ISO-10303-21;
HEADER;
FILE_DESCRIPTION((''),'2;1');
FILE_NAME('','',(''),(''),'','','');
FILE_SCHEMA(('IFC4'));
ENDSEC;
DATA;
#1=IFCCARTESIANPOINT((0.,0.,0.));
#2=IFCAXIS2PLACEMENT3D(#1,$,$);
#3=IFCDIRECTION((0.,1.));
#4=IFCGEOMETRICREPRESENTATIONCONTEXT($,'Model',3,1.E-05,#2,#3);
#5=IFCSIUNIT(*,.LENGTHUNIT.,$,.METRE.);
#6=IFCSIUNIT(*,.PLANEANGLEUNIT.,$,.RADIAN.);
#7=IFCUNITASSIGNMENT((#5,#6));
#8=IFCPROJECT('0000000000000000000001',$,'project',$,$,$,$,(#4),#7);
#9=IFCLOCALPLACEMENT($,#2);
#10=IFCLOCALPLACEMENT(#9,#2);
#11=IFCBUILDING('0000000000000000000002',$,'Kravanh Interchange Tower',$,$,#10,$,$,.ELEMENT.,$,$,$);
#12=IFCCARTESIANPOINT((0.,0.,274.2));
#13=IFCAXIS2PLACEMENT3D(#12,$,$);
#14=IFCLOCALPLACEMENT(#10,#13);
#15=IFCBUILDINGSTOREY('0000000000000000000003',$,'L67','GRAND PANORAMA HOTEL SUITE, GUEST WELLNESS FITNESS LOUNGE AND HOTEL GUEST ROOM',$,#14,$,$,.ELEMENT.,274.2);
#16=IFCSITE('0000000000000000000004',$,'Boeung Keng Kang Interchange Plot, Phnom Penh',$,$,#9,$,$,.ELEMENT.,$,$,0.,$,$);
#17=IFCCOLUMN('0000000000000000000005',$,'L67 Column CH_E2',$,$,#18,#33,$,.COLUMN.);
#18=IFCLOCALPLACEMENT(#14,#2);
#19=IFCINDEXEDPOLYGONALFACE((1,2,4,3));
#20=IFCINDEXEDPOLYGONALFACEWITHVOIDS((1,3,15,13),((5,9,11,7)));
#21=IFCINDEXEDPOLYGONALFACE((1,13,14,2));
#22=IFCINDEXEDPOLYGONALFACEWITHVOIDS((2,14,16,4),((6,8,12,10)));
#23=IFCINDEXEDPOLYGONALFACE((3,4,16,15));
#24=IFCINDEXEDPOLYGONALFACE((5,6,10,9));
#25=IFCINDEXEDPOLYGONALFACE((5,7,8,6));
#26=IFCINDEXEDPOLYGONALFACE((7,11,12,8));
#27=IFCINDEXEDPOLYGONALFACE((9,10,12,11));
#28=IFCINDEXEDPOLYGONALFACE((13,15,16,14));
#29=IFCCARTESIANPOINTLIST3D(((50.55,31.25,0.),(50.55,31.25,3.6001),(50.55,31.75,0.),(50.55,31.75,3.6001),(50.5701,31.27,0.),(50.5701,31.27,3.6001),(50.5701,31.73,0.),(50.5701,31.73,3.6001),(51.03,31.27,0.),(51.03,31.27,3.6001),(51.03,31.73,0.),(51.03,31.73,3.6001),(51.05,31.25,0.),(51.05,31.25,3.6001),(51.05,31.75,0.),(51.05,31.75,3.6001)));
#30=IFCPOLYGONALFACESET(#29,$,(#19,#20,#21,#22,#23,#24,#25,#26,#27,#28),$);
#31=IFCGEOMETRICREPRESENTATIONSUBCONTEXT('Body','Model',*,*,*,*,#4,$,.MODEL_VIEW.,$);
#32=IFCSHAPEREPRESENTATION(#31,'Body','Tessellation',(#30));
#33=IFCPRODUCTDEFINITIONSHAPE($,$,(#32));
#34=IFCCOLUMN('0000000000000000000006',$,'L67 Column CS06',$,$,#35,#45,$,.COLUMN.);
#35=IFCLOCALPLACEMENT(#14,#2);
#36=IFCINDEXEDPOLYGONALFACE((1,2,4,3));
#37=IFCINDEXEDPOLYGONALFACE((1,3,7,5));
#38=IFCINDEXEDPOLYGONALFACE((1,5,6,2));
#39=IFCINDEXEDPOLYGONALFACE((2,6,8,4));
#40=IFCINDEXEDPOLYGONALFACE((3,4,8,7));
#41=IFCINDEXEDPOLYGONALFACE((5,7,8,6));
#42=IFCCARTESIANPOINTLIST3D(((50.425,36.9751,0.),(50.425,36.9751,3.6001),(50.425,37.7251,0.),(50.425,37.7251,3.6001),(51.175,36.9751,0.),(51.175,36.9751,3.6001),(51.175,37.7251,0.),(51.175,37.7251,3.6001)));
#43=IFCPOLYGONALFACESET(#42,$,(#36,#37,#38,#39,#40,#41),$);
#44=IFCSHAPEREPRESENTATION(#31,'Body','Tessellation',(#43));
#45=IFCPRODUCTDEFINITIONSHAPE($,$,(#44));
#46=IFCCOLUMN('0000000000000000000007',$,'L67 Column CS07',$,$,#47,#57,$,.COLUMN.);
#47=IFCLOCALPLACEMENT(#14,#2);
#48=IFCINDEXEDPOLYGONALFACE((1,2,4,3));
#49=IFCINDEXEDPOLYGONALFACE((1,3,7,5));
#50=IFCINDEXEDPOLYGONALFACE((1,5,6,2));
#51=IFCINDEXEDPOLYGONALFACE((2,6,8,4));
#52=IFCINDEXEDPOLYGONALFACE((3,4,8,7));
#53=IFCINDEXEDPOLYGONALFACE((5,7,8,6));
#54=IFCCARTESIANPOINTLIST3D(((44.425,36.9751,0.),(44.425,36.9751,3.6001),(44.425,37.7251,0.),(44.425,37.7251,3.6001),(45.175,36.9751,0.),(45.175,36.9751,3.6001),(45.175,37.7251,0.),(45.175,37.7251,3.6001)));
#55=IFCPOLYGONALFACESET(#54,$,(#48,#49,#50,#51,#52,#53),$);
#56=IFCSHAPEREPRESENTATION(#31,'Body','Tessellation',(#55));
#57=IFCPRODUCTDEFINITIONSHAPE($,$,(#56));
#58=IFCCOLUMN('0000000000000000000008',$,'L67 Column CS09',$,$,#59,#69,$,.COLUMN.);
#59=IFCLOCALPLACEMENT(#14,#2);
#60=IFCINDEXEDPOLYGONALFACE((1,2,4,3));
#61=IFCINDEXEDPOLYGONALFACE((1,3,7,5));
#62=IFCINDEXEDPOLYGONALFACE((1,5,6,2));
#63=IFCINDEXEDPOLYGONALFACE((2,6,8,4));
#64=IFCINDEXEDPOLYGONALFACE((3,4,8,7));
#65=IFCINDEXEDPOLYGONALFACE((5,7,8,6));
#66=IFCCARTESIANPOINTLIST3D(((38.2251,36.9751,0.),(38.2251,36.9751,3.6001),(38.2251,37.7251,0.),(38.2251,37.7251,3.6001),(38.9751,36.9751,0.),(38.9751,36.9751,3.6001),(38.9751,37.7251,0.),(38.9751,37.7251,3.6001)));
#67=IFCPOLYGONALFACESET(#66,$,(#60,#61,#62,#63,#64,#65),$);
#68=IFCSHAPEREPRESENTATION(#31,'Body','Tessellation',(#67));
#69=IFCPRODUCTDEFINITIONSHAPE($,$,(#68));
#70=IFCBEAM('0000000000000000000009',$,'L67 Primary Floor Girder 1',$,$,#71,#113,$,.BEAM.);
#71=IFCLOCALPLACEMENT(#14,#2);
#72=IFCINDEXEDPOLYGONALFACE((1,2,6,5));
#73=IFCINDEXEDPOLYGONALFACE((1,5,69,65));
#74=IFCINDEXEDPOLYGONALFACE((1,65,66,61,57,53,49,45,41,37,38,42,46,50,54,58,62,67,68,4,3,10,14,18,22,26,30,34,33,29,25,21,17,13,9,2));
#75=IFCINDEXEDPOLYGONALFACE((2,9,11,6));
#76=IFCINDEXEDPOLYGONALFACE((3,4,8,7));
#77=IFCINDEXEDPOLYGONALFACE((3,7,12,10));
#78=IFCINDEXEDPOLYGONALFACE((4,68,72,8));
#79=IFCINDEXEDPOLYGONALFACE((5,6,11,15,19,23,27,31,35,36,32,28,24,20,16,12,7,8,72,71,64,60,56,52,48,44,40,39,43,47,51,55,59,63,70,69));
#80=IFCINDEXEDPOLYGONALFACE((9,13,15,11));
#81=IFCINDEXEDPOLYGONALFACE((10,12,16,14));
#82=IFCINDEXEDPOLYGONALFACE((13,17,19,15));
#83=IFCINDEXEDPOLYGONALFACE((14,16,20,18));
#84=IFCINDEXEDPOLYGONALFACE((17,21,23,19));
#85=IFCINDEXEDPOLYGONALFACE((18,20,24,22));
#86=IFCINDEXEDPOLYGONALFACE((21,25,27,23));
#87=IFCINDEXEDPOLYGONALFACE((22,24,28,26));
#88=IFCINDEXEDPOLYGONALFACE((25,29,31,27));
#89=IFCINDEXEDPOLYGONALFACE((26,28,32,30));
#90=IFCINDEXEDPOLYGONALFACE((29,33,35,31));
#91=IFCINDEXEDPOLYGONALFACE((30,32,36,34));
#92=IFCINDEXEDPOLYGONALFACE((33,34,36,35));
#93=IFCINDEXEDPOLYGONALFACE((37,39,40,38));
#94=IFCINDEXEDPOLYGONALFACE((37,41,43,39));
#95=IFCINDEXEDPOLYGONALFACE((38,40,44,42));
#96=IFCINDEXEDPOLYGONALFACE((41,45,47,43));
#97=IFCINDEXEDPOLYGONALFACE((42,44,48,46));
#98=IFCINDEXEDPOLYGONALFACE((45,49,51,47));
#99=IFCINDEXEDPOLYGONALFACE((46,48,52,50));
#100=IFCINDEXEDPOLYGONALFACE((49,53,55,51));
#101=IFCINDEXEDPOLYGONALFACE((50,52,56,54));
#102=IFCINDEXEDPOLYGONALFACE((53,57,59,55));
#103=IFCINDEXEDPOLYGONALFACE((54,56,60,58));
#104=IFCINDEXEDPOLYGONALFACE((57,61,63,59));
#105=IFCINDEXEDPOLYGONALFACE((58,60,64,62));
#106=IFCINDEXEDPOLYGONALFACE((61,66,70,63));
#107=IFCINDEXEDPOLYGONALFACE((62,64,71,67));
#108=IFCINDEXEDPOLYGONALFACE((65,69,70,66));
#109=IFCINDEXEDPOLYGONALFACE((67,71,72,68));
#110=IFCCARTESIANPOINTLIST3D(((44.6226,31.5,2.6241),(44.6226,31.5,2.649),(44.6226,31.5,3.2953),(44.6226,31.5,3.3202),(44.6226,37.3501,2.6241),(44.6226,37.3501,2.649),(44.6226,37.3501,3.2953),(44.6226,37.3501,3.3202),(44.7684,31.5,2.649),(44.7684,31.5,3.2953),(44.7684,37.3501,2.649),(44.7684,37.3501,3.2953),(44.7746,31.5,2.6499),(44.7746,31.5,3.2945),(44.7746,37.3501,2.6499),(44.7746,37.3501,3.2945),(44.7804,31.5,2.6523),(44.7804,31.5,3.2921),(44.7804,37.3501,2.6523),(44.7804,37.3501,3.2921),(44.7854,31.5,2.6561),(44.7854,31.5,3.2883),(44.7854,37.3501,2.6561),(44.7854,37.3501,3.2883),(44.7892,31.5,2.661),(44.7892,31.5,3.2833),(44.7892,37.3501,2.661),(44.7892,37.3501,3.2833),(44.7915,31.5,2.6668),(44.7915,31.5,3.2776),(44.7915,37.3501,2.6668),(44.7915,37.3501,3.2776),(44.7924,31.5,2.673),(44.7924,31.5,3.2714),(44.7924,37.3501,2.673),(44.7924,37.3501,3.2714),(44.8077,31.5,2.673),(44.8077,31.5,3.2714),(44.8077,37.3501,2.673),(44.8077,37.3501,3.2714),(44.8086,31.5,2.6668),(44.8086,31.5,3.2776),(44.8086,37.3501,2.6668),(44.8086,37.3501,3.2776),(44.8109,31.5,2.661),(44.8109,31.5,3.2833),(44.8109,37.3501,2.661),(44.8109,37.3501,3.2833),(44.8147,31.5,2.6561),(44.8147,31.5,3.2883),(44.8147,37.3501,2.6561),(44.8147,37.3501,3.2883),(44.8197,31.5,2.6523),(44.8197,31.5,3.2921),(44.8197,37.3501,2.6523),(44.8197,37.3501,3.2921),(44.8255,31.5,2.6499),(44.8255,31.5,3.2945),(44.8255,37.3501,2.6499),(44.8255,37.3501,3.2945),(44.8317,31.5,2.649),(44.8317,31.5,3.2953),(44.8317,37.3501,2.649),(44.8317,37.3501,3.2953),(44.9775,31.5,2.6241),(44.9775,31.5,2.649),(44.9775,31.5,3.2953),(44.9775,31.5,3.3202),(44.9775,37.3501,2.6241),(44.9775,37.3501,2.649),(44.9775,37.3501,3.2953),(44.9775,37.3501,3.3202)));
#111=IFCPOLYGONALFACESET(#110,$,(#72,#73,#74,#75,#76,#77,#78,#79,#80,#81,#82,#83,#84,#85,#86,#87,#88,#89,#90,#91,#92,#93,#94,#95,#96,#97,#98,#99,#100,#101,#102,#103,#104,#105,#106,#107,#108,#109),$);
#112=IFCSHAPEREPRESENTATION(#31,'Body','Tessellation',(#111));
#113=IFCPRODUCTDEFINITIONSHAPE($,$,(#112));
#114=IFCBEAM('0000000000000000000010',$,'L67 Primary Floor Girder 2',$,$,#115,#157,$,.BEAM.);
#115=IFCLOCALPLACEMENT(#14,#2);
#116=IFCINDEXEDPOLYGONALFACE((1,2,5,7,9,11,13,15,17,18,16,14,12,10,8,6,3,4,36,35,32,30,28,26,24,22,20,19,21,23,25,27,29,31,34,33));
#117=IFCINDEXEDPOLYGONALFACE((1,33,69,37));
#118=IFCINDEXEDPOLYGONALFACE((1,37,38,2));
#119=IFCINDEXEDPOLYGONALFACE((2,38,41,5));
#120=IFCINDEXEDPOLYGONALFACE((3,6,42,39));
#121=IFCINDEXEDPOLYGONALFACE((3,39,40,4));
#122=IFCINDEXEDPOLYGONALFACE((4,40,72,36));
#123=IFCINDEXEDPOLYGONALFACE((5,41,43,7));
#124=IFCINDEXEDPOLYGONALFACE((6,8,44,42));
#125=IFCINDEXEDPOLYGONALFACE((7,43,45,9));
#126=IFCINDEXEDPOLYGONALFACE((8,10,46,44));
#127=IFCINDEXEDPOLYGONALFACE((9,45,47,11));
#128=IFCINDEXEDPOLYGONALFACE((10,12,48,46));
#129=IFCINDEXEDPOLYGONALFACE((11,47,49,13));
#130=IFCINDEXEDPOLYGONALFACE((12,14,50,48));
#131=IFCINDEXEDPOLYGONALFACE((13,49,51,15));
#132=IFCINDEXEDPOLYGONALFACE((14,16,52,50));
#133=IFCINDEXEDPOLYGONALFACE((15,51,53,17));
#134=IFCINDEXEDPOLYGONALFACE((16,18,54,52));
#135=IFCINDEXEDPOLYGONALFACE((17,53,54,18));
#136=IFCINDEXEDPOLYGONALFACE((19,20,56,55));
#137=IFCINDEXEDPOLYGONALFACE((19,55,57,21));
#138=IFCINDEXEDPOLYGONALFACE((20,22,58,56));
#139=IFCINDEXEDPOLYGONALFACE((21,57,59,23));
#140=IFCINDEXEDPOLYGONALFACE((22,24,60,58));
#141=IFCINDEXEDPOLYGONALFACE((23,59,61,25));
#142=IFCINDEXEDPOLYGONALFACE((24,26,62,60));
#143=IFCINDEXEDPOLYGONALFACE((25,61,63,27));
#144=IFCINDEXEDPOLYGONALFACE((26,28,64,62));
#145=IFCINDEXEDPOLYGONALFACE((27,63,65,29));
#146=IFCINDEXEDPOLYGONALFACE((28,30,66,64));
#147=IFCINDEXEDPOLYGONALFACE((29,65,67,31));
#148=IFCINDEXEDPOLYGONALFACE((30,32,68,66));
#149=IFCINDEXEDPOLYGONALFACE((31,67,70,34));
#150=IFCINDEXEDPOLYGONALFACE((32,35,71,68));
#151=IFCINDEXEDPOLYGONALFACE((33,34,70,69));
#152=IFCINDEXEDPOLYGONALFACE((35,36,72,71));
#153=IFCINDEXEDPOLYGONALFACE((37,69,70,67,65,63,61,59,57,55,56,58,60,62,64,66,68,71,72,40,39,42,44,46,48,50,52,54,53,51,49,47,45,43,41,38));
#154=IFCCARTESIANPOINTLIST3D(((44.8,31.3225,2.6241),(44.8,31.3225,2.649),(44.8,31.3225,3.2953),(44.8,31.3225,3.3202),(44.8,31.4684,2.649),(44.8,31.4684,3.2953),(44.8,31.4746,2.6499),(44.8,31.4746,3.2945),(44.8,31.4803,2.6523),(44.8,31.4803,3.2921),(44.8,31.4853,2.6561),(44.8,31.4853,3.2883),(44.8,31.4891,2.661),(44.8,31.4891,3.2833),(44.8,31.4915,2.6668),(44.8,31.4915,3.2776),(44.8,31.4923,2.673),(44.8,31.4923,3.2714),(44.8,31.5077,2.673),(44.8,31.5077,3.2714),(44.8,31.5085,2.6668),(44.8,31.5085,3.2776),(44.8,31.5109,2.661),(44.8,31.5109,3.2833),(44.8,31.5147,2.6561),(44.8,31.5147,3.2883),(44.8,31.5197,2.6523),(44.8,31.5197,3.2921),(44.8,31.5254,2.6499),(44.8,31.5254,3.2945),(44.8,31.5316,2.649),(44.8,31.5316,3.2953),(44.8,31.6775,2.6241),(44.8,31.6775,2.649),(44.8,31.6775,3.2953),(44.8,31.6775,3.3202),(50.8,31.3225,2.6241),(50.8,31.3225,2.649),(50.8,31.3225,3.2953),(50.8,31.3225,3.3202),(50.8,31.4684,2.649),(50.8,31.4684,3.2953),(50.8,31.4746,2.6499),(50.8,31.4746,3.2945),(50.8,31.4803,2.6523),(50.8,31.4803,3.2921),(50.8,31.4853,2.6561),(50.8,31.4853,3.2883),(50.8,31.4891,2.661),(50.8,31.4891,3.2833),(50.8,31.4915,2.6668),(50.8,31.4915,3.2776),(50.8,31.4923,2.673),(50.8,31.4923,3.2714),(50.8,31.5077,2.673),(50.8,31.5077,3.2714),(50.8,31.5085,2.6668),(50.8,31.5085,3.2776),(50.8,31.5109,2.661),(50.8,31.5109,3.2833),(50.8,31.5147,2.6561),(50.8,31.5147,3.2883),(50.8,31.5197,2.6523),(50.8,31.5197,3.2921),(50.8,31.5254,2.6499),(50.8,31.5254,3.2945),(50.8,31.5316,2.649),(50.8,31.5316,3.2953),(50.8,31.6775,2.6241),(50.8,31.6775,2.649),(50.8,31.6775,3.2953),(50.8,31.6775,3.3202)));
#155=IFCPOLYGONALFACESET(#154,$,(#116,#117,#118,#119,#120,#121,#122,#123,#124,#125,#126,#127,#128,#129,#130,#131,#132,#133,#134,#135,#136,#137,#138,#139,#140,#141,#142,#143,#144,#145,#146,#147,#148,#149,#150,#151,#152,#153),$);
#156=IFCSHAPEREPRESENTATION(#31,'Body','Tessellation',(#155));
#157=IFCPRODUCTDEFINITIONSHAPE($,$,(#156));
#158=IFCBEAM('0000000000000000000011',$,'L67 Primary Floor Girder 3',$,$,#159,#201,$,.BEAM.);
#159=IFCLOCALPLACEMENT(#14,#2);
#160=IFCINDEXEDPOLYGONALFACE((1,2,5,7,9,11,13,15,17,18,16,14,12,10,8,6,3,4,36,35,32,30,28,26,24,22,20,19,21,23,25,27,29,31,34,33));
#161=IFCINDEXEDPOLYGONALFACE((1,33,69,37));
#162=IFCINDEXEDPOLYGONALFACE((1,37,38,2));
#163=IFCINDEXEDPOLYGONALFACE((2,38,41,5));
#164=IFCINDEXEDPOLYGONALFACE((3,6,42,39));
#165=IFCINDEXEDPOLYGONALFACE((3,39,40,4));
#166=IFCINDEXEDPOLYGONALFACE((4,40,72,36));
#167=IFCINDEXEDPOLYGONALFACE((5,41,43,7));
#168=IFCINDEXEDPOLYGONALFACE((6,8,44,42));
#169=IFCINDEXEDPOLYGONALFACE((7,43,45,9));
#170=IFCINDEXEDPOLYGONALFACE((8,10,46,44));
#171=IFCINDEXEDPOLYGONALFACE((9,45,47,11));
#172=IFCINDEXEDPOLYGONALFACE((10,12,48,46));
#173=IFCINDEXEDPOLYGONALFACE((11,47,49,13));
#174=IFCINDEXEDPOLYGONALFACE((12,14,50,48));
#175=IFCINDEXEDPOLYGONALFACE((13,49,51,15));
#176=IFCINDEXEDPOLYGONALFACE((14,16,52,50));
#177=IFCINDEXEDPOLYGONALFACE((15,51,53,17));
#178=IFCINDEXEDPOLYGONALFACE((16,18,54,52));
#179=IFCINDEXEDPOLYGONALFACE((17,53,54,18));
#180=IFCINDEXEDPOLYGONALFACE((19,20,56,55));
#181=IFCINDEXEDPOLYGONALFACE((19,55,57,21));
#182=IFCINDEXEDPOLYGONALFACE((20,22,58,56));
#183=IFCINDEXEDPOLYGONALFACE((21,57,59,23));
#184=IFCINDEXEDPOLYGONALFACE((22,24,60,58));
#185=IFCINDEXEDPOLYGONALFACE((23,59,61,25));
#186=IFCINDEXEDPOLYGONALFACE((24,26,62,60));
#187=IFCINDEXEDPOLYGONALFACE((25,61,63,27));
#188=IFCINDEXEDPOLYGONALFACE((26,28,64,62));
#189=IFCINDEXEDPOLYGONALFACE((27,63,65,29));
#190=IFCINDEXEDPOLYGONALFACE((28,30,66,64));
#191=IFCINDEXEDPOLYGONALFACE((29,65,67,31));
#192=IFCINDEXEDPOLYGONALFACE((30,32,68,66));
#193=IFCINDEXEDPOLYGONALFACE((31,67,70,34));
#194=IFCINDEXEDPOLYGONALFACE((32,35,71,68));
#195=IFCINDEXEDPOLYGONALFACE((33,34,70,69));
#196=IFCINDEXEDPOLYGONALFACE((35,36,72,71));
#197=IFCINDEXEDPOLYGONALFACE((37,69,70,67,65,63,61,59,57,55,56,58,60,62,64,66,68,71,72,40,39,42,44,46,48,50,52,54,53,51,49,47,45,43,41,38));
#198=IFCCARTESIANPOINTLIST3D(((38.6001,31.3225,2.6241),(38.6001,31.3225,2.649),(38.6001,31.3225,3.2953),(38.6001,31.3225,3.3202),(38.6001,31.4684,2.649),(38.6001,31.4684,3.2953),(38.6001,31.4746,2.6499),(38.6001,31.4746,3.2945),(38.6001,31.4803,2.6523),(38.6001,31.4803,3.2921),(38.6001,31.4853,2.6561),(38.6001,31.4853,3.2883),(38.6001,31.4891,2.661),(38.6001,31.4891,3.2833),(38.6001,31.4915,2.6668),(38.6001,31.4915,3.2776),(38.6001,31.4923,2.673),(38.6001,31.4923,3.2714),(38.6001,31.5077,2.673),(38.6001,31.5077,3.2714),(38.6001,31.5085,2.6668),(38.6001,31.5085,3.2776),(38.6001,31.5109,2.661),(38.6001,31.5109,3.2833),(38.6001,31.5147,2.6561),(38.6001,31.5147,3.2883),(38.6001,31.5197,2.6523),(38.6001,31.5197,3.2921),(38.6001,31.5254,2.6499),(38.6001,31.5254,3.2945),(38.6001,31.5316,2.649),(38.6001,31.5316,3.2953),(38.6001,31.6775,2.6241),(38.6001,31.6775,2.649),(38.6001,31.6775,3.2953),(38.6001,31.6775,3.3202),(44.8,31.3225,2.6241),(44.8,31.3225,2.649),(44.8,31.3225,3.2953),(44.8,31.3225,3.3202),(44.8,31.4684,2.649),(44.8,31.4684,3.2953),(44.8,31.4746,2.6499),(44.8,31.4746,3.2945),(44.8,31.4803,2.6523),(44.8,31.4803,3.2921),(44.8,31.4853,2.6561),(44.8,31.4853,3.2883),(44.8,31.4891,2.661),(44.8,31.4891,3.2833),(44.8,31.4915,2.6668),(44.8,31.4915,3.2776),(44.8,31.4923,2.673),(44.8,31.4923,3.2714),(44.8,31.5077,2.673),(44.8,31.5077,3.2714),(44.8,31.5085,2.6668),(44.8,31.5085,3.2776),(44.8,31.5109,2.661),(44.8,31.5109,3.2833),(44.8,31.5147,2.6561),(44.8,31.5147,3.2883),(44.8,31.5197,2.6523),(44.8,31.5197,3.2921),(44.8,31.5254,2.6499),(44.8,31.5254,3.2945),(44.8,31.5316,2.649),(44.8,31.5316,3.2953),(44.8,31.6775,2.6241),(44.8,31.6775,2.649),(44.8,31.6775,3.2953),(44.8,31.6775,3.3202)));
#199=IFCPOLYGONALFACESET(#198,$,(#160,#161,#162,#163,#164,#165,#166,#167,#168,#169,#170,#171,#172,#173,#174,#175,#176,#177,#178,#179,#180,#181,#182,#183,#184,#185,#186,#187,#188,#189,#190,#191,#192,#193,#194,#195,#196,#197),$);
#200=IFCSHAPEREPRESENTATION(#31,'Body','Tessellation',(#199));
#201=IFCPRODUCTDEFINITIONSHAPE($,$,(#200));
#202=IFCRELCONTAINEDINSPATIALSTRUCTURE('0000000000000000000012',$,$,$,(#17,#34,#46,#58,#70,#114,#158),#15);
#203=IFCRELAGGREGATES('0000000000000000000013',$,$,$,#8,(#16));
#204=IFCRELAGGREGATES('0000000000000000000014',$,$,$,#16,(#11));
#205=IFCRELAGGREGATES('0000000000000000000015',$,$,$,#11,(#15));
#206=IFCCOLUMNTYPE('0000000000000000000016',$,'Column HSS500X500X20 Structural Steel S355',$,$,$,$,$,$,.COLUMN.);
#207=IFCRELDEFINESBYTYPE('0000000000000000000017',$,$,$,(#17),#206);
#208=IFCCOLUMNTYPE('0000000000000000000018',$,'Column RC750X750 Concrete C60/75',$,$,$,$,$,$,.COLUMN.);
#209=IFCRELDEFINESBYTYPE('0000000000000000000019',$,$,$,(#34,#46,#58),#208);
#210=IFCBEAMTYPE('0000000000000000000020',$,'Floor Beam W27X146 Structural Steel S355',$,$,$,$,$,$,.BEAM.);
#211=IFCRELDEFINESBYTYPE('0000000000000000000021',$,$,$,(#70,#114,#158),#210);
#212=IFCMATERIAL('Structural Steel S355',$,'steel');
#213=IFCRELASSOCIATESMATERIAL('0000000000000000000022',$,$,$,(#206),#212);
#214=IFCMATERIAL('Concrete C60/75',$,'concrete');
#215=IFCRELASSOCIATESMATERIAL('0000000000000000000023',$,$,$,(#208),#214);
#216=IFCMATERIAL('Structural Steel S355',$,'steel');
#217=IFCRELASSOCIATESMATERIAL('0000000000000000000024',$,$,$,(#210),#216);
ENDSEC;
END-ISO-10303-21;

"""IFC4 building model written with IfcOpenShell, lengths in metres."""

from ifc_helpers import new_model, si_unit, direction, frame, origin, origin_2d, place, context, subcontext, project, spatial, rectangle, hollow_rectangle, i_section, extrude, material, material_profile, profile_set, type_object, element, save


model = new_model("IFC4")

# Units and contexts
model_context = context("Model", 3, precision=1e-05, world=origin(), true_north=direction((0.0, 1.0)))
body_context = subcontext(model_context, "Body", "Model", "MODEL_VIEW")
ifc_project = project(units=[si_unit("LENGTHUNIT", "METRE"), si_unit("PLANEANGLEUNIT", "RADIAN")], contexts=[model_context])

# Site, building, storey
site_placement = place(None, origin())
site = spatial("IfcSite", under=ifc_project, at=site_placement, Name="Boeung Keng Kang Interchange Plot, Phnom Penh", CompositionType="ELEMENT", RefElevation=0.0)
building_placement = place(site_placement, origin())
building = spatial("IfcBuilding", under=site, at=building_placement, Name="Kravanh Interchange Tower", CompositionType="ELEMENT")
storey_placement = place(building_placement, frame((0.0, 0.0, 274.2)))
storey = spatial("IfcBuildingStorey", under=building, at=storey_placement, Name="L67", Description="GRAND PANORAMA HOTEL SUITE, GUEST WELLNESS FITNESS LOUNGE AND HOTEL GUEST ROOM", CompositionType="ELEMENT", Elevation=274.2)

# Columns
ifc_material_1 = material(Name="Structural Steel S355", Category="steel")
ifc_material_profile_1 = material_profile(ifc_material_1, hollow_rectangle(XDim=0.5, YDim=0.5, WallThickness=0.02, at=origin_2d()), Name="HSS500X500X20")
ifc_profile_set_1 = profile_set([ifc_material_profile_1], Name="Structural Steel S355")
column_type_1 = type_object("IfcColumnType", Name="Column HSS500X500X20 Structural Steel S355", PredefinedType="COLUMN", material=ifc_profile_set_1)
column_placement = place(storey_placement, frame((50.8, 31.5, 0.0), z_axis=(0.0, 0.0, 1.0), x_axis=(1.0, 0.0, 0.0)))
element("IfcColumn", 1, at=column_placement, inside=storey, type_object=column_type_1, Name="L67 Column CH_E2", PredefinedType="COLUMN", context=body_context, shape_type="SweptSolid", body=[
    extrude(hollow_rectangle(XDim=0.5, YDim=0.5, WallThickness=0.02, at=origin_2d()), origin(), (0.0, 0.0, 1.0), 3.6001),
])
ifc_material_2 = material(Name="Concrete C60/75", Category="concrete")
ifc_material_profile_2 = material_profile(ifc_material_2, rectangle(XDim=0.75, YDim=0.75, at=origin_2d()), Name="RC750X750")
ifc_profile_set_2 = profile_set([ifc_material_profile_2], Name="Concrete C60/75")
column_type_2 = type_object("IfcColumnType", Name="Column RC750X750 Concrete C60/75", PredefinedType="COLUMN", material=ifc_profile_set_2)
for number, where, z_axis, x_axis, name in (
    (2, (50.8, 37.3501, 0.0), (0.0, 0.0, 1.0), (1.0, 0.0, 0.0), "L67 Column CS06"),
    (3, (44.8, 37.3501, 0.0), (0.0, 0.0, 1.0), (1.0, 0.0, 0.0), "L67 Column CS07"),
    (4, (38.6001, 37.3501, 0.0), (0.0, 0.0, 1.0), (1.0, 0.0, 0.0), "L67 Column CS09"),
):
    element("IfcColumn", number, at=place(storey_placement, frame(where, z_axis=z_axis, x_axis=x_axis)), inside=storey, type_object=column_type_2, Name=name, PredefinedType="COLUMN", context=body_context, shape_type="SweptSolid", body=[
        extrude(rectangle(XDim=0.75, YDim=0.75, at=origin_2d()), origin(), (0.0, 0.0, 1.0), 3.6001),
    ])

# Beams
ifc_material_3 = material(Name="Structural Steel S355", Category="steel")
ifc_material_profile_3 = material_profile(ifc_material_3, i_section(OverallWidth=0.355, OverallDepth=0.696, WebThickness=0.0154, FlangeThickness=0.0249, FilletRadius=0.0239, at=origin_2d()), Name="W27X146")
ifc_profile_set_3 = profile_set([ifc_material_profile_3], Name="Structural Steel S355")
beam_type_1 = type_object("IfcBeamType", Name="Floor Beam W27X146 Structural Steel S355", PredefinedType="BEAM", material=ifc_profile_set_3)
beam_1_placement = place(storey_placement, frame((44.8, 31.5, 2.9722), z_axis=(0.0, 1.0, 0.0), x_axis=(-1.0, 0.0, 0.0)))
element("IfcBeam", 5, at=beam_1_placement, inside=storey, type_object=beam_type_1, Name="L67 Primary Floor Girder 1", PredefinedType="BEAM", context=body_context, shape_type="SweptSolid", body=[
    extrude(i_section(OverallWidth=0.355, OverallDepth=0.696, WebThickness=0.0154, FlangeThickness=0.0249, FilletRadius=0.0239, at=origin_2d()), origin(), (0.0, 0.0, 1.0), 5.8501),
])
beam_2_placement = place(storey_placement, frame((44.8, 31.5, 2.9722), z_axis=(1.0, 0.0, 0.0), x_axis=(0.0, 1.0, 0.0)))
element("IfcBeam", 6, at=beam_2_placement, inside=storey, type_object=beam_type_1, Name="L67 Primary Floor Girder 2", PredefinedType="BEAM", context=body_context, shape_type="SweptSolid", body=[
    extrude(i_section(OverallWidth=0.355, OverallDepth=0.696, WebThickness=0.0154, FlangeThickness=0.0249, FilletRadius=0.0239, at=origin_2d()), origin(), (0.0, 0.0, 1.0), 6.0),
])
for number, where, z_axis, x_axis, name in (
    (7, (44.8, 31.5, 2.9722), (-1.0, 0.0, 0.0), (0.0, -1.0, 0.0), "L67 Primary Floor Girder 3"),
):
    element("IfcBeam", number, at=place(storey_placement, frame(where, z_axis=z_axis, x_axis=x_axis)), inside=storey, type_object=beam_type_1, Name=name, PredefinedType="BEAM", context=body_context, shape_type="SweptSolid", body=[
        extrude(i_section(OverallWidth=0.355, OverallDepth=0.696, WebThickness=0.0154, FlangeThickness=0.0249, FilletRadius=0.0239, at=origin_2d()), origin(), (0.0, 0.0, 1.0), 6.2),
    ])

save(model, "model.ifc")
